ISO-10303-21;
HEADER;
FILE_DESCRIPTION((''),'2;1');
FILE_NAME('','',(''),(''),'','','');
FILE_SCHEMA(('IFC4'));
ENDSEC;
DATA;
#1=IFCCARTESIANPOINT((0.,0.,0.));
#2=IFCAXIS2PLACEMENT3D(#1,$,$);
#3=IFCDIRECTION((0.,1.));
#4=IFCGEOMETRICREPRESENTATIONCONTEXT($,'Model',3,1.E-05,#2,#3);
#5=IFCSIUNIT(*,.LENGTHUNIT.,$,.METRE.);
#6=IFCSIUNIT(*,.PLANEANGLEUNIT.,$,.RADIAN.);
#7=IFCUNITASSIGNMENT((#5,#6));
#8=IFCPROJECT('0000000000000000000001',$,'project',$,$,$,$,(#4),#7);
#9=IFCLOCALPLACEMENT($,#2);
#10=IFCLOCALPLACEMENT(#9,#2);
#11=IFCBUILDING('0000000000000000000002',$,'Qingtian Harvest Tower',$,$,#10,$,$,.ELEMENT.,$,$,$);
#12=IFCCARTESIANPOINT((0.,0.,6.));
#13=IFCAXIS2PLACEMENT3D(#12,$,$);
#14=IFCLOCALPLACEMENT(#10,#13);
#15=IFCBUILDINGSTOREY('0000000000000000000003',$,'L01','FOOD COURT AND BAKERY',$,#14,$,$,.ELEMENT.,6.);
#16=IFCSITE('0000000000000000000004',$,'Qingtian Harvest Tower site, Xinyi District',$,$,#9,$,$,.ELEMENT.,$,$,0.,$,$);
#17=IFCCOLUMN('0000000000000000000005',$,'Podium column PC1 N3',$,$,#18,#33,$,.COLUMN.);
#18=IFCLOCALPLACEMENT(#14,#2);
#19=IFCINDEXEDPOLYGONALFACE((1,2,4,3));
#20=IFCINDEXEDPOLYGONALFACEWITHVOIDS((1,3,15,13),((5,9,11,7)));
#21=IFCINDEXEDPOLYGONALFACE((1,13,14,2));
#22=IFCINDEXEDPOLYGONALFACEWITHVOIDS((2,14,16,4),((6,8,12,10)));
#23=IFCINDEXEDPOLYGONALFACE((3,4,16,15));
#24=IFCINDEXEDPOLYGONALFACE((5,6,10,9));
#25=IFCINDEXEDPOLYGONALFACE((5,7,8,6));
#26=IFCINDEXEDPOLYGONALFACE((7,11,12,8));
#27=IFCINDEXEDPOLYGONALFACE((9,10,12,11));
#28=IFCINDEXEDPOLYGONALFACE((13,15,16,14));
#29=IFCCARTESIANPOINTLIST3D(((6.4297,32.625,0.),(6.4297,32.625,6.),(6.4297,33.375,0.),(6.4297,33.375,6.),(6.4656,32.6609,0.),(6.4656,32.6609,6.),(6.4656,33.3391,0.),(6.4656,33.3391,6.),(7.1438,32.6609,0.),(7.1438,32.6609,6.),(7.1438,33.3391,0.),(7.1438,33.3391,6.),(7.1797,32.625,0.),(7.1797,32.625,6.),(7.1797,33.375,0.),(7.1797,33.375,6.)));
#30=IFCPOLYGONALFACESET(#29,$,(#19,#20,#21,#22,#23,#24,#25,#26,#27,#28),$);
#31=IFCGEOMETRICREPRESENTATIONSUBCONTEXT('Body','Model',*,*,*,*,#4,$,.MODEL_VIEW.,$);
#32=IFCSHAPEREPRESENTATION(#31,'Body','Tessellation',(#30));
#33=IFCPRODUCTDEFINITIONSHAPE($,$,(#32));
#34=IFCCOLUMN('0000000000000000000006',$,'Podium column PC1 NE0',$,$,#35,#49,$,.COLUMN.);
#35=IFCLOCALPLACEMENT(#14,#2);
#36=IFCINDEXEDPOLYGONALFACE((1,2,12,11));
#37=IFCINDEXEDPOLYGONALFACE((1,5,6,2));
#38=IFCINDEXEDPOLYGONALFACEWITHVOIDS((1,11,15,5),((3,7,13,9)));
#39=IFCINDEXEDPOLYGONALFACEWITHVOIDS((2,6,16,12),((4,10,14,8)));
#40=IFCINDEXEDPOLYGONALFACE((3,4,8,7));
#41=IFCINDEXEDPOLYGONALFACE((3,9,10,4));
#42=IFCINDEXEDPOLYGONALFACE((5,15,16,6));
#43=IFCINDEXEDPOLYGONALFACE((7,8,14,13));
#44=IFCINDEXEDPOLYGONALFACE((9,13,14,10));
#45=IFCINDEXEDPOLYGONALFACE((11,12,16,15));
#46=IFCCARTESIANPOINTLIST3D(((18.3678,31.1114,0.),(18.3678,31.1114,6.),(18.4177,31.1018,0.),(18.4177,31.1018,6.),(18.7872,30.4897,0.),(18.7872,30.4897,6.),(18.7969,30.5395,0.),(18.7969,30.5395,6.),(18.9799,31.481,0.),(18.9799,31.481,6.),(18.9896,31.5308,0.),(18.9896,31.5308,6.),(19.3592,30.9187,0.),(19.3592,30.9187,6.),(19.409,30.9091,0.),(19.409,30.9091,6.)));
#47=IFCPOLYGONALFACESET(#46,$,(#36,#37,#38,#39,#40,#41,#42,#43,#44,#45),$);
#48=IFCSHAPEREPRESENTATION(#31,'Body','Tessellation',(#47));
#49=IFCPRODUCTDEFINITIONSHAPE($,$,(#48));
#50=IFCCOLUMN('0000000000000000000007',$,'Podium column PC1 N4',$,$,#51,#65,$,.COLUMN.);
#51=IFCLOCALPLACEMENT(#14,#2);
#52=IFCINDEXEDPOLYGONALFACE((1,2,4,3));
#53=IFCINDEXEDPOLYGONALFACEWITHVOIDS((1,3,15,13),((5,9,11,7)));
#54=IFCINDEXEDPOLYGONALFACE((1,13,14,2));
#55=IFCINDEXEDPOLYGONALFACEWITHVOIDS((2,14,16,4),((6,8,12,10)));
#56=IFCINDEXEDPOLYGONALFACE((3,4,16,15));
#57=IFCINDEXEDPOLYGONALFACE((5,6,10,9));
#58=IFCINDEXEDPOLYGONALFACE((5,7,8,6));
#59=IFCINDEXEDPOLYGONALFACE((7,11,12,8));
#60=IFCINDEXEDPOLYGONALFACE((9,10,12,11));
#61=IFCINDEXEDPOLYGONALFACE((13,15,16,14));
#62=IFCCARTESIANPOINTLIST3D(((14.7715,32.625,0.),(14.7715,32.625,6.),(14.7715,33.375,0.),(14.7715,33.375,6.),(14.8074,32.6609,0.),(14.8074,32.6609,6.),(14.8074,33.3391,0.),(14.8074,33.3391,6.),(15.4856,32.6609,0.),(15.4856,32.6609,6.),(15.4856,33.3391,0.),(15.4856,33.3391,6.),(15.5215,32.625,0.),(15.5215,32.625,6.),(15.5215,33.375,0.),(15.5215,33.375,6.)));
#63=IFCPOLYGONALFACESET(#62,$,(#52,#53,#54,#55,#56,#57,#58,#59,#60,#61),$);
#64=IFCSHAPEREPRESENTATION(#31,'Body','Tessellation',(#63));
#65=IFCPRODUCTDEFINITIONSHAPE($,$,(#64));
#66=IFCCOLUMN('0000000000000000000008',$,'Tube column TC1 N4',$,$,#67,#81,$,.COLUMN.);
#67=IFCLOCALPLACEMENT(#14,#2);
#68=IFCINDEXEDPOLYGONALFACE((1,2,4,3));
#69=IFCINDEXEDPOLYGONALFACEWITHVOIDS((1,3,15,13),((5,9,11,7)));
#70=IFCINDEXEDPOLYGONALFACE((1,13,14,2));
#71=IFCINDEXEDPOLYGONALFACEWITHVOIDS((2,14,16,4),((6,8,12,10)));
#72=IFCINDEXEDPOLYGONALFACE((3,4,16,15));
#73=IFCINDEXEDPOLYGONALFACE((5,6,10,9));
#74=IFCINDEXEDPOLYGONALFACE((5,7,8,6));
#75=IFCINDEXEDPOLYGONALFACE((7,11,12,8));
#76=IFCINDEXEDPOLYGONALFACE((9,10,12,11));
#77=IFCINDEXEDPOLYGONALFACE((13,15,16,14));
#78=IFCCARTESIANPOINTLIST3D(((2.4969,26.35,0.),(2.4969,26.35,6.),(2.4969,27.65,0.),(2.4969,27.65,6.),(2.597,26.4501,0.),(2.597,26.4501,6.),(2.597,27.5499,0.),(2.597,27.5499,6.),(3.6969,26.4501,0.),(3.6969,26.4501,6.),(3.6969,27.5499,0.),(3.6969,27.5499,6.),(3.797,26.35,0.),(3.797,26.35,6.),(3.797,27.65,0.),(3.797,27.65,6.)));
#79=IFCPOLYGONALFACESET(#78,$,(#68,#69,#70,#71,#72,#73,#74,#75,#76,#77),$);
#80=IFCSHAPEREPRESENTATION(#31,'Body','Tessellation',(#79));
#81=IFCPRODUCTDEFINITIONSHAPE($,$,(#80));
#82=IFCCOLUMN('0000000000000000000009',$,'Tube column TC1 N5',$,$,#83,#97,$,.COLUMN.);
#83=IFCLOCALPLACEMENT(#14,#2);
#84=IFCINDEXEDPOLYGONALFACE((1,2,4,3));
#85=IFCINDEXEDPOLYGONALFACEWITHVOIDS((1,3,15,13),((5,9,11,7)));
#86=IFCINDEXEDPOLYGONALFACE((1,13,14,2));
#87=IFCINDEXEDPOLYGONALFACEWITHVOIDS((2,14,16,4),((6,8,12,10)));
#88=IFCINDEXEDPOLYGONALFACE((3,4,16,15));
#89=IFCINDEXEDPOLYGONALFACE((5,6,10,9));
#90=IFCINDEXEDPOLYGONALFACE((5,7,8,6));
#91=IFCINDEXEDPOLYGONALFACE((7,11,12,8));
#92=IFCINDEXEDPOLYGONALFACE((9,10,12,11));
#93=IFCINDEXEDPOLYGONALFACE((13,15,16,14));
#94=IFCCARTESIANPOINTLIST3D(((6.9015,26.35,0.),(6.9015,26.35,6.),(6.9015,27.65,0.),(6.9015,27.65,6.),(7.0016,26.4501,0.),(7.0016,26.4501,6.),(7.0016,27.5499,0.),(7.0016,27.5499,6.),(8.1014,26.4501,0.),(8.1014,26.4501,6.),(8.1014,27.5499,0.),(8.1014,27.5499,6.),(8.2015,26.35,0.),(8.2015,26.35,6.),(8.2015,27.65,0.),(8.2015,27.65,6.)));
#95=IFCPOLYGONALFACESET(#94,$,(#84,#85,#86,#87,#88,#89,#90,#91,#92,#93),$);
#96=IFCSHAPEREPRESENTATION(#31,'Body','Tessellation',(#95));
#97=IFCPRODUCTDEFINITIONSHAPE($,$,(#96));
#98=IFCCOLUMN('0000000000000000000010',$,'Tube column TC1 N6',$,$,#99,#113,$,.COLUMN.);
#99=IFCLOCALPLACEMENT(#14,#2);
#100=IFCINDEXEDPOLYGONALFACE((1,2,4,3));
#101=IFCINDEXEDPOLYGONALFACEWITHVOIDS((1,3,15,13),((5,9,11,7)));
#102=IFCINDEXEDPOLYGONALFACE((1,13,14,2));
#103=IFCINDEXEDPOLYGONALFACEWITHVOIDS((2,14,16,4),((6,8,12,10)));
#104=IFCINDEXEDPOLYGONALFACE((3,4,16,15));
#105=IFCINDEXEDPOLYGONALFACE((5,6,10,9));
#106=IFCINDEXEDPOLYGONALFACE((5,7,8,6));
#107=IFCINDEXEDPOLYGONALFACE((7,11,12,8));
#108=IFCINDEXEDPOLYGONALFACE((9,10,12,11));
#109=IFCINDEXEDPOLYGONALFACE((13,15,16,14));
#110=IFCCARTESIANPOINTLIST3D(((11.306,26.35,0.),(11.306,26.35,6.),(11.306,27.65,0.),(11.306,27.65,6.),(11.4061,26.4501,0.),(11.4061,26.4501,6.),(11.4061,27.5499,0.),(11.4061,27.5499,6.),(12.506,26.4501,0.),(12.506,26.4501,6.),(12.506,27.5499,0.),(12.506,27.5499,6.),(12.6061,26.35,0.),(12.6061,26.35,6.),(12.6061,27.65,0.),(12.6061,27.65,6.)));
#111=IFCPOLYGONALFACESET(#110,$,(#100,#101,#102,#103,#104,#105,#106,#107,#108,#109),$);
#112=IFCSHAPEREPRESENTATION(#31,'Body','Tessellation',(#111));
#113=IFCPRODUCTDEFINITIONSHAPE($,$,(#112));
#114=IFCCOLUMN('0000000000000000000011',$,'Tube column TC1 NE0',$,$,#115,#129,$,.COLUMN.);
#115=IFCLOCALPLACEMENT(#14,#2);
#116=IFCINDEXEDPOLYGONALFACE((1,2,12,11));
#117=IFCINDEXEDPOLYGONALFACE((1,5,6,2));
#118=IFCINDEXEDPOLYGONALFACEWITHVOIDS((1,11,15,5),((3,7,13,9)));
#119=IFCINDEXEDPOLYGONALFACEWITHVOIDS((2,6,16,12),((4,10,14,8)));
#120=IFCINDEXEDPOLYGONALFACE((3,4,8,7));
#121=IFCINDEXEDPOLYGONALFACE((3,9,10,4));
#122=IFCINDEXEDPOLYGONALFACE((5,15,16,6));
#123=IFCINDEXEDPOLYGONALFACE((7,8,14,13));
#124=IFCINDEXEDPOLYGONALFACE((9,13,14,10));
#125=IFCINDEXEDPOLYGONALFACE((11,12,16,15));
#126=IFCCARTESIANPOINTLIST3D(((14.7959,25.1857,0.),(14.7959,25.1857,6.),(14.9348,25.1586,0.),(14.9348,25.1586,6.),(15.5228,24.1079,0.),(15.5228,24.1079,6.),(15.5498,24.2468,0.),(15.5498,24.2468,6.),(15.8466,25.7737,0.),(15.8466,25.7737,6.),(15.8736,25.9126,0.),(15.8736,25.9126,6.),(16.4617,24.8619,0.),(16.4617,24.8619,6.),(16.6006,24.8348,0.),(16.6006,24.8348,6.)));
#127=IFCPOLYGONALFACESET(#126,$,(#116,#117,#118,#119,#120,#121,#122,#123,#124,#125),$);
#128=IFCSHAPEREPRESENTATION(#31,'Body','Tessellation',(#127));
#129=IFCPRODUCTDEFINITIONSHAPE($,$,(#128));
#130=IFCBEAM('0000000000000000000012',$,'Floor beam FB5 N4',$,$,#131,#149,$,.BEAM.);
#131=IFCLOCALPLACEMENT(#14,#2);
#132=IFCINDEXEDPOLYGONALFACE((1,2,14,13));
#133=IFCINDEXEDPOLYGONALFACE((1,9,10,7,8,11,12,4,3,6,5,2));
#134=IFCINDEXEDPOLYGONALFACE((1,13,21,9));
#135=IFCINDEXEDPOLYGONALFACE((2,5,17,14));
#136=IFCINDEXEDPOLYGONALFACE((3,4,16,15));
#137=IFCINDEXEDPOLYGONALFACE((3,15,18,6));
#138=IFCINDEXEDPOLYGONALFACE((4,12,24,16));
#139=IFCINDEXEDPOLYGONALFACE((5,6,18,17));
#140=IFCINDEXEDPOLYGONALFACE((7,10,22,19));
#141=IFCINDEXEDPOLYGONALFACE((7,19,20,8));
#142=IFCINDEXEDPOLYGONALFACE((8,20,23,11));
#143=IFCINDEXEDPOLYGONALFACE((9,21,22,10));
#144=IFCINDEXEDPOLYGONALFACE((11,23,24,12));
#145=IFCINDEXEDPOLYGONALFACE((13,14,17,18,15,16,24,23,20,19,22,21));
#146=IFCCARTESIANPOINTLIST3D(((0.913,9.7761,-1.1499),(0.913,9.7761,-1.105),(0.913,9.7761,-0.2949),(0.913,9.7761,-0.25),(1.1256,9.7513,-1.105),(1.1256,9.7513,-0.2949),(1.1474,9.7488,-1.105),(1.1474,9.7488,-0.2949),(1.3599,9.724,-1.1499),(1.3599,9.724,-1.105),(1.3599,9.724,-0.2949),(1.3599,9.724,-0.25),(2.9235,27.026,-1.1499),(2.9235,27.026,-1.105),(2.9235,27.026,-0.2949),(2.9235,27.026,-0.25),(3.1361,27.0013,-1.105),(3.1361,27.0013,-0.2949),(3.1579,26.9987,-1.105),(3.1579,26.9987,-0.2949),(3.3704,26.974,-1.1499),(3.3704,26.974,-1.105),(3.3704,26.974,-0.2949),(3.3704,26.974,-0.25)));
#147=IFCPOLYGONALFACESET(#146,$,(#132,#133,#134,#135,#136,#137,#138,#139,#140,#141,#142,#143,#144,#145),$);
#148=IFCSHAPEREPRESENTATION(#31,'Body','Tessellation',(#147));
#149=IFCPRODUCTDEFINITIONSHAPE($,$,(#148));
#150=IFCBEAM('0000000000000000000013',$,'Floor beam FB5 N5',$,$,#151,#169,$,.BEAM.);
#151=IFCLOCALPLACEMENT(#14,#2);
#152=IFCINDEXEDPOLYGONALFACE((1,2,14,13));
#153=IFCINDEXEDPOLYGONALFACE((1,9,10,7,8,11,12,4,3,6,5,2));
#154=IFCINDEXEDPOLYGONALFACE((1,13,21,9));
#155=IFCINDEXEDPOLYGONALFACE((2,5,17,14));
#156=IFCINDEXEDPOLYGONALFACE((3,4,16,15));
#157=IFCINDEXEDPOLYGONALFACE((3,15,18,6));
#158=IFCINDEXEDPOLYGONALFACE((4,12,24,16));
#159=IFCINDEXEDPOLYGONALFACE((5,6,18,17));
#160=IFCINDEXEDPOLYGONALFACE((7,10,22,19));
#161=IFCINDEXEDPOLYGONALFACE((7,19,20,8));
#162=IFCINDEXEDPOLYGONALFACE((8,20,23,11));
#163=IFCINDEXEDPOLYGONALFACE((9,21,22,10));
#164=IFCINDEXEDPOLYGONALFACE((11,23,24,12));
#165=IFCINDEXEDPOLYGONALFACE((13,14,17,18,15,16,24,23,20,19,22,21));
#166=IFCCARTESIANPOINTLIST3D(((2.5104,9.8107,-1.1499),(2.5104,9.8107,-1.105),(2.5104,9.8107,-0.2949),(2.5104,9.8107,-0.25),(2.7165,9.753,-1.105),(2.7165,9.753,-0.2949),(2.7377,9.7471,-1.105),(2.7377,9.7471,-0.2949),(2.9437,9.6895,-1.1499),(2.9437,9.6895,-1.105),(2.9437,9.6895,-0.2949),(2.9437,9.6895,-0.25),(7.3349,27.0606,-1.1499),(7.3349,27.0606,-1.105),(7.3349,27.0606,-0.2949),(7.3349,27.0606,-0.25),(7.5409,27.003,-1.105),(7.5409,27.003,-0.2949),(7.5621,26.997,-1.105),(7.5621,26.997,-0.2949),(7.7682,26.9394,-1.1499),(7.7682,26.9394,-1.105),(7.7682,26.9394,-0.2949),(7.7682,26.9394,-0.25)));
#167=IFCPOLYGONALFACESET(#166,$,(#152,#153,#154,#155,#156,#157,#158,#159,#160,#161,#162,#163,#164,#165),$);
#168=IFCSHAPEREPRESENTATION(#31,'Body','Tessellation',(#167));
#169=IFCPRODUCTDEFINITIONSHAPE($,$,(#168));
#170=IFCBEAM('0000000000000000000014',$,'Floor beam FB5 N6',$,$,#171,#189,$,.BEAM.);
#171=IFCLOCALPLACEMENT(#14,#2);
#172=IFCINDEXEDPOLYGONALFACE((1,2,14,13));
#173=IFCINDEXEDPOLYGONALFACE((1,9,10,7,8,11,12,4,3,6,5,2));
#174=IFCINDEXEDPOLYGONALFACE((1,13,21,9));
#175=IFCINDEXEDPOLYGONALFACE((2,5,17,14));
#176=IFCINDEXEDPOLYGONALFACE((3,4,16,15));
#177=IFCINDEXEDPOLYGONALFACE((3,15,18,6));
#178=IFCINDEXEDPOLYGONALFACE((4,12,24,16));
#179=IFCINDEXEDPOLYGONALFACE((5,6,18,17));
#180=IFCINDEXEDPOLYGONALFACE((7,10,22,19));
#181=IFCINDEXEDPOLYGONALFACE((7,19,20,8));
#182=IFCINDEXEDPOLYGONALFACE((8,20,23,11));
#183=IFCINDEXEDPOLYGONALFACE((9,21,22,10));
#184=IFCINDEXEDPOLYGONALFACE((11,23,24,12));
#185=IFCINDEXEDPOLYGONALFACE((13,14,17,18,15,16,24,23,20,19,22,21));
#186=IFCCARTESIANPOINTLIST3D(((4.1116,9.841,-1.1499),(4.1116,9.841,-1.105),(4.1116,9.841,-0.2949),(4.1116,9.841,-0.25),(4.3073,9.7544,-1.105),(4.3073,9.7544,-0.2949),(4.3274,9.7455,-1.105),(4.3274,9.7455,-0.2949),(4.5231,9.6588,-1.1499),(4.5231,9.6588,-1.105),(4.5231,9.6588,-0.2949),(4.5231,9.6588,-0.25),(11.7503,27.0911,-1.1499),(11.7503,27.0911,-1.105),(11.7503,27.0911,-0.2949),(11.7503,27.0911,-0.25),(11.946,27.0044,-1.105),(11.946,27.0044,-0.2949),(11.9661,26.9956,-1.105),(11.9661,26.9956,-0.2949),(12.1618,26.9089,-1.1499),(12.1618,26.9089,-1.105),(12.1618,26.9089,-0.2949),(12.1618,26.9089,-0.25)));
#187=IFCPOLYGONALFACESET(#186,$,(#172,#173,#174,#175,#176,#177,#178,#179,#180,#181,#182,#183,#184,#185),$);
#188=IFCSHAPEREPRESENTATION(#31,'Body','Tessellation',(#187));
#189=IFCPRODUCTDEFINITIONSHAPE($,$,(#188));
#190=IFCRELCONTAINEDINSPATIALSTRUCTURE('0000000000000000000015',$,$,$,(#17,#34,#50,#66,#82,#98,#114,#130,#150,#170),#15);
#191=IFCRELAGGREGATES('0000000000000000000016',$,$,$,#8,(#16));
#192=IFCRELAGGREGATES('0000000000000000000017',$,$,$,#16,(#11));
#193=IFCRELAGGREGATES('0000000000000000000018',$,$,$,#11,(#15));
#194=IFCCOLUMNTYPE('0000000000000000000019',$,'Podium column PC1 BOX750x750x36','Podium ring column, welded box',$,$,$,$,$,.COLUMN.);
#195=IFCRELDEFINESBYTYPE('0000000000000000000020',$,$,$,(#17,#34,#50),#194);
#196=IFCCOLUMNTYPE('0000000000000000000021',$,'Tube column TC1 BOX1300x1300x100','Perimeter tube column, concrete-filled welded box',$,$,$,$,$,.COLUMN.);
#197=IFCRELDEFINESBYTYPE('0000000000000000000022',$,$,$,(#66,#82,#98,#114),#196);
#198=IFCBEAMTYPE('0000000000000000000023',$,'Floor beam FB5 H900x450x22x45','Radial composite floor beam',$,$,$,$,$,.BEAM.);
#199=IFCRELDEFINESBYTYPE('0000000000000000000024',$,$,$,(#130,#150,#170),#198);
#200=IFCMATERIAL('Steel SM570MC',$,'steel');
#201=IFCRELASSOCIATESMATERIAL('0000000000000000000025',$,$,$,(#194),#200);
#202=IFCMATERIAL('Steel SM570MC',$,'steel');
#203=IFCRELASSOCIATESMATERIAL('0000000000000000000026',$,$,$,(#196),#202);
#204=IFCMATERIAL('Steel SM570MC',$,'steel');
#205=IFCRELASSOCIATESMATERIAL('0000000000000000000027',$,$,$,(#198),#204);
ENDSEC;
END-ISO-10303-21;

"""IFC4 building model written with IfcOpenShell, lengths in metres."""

from ifc_helpers import new_model, si_unit, direction, frame, origin, origin_2d, place, context, subcontext, project, spatial, hollow_rectangle, i_section, extrude, material, material_profile, profile_set, type_object, element, save


model = new_model("IFC4")

# Units and contexts
model_context = context("Model", 3, precision=1e-05, world=origin(), true_north=direction((0.0, 1.0)))
body_context = subcontext(model_context, "Body", "Model", "MODEL_VIEW")
ifc_project = project(units=[si_unit("LENGTHUNIT", "METRE"), si_unit("PLANEANGLEUNIT", "RADIAN")], contexts=[model_context])

# Site, building, storey
site_placement = place(None, origin())
site = spatial("IfcSite", under=ifc_project, at=site_placement, Name="Qingtian Harvest Tower site, Xinyi District", CompositionType="ELEMENT", RefElevation=0.0)
building_placement = place(site_placement, origin())
building = spatial("IfcBuilding", under=site, at=building_placement, Name="Qingtian Harvest Tower", CompositionType="ELEMENT")
storey_placement = place(building_placement, frame((0.0, 0.0, 6.0)))
storey = spatial("IfcBuildingStorey", under=building, at=storey_placement, Name="L01", Description="FOOD COURT AND BAKERY", CompositionType="ELEMENT", Elevation=6.0)

# Columns
ifc_material_1 = material(Name="Steel SM570MC", Category="steel")
ifc_material_profile_1 = material_profile(ifc_material_1, hollow_rectangle(XDim=0.75, YDim=0.75, WallThickness=0.0359, at=origin_2d()), Name="BOX750x750x36")
ifc_profile_set_1 = profile_set([ifc_material_profile_1], Name="Steel SM570MC")
column_type_1 = type_object("IfcColumnType", Name="Podium column PC1 BOX750x750x36", Description="Podium ring column, welded box", PredefinedType="COLUMN", material=ifc_profile_set_1)
for number, where, z_axis, x_axis, name in (
    (1, (6.8047, 33.0, 0.0), (0.0, 0.0, 1.0), (-1.0, 0.0, 0.0), "Podium column PC1 N3"),
    (2, (18.8884, 31.0103, 0.0), (0.0, 0.0, 1.0), (-0.559193, 0.829038, 0.0), "Podium column PC1 NE0"),
    (3, (15.1465, 33.0, 0.0), (0.0, 0.0, 1.0), (-1.0, 0.0, 0.0), "Podium column PC1 N4"),
):
    element("IfcColumn", number, at=place(storey_placement, frame(where, z_axis=z_axis, x_axis=x_axis)), inside=storey, type_object=column_type_1, Name=name, PredefinedType="COLUMN", context=body_context, shape_type="SweptSolid", body=[
        extrude(hollow_rectangle(XDim=0.75, YDim=0.75, WallThickness=0.0359, at=origin_2d()), origin(), (0.0, 0.0, 1.0), 6.0),
    ])
ifc_material_2 = material(Name="Steel SM570MC", Category="steel")
ifc_material_profile_2 = material_profile(ifc_material_2, hollow_rectangle(XDim=1.3, YDim=1.3, WallThickness=0.1001, at=origin_2d()), Name="BOX1300x1300x100")
ifc_profile_set_2 = profile_set([ifc_material_profile_2], Name="Steel SM570MC")
column_type_2 = type_object("IfcColumnType", Name="Tube column TC1 BOX1300x1300x100", Description="Perimeter tube column, concrete-filled welded box", PredefinedType="COLUMN", material=ifc_profile_set_2)
for number, where, z_axis, x_axis, name in (
    (4, (3.147, 27.0, 0.0), (0.0, 0.0, 1.0), (-1.0, 0.0, 0.0), "Tube column TC1 N4"),
    (5, (7.5515, 27.0, 0.0), (0.0, 0.0, 1.0), (-1.0, 0.0, 0.0), "Tube column TC1 N5"),
    (6, (11.9561, 27.0, 0.0), (0.0, 0.0, 1.0), (-1.0, 0.0, 0.0), "Tube column TC1 N6"),
    (7, (15.6982, 25.0103, 0.0), (0.0, 0.0, 1.0), (-0.559193, 0.829038, 0.0), "Tube column TC1 NE0"),
):
    element("IfcColumn", number, at=place(storey_placement, frame(where, z_axis=z_axis, x_axis=x_axis)), inside=storey, type_object=column_type_2, Name=name, PredefinedType="COLUMN", context=body_context, shape_type="SweptSolid", body=[
        extrude(hollow_rectangle(XDim=1.3, YDim=1.3, WallThickness=0.1001, at=origin_2d()), origin(), (0.0, 0.0, 1.0), 6.0),
    ])

# Beams
ifc_material_3 = material(Name="Steel SM570MC", Category="steel")
ifc_material_profile_3 = material_profile(ifc_material_3, i_section(OverallWidth=0.45, OverallDepth=0.8999, WebThickness=0.022, FlangeThickness=0.0449, at=origin_2d()), Name="H900x450x22x45")
ifc_profile_set_3 = profile_set([ifc_material_profile_3], Name="Steel SM570MC")
beam_type_1 = type_object("IfcBeamType", Name="Floor beam FB5 H900x450x22x45", Description="Radial composite floor beam", PredefinedType="BEAM", material=ifc_profile_set_3)
beam_1_placement = place(storey_placement, frame((3.147, 27.0, -0.7), z_axis=(-0.115767, -0.993276, 0.0), x_axis=(0.993276, -0.115767, 0.0)))
element("IfcBeam", 8, at=beam_1_placement, inside=storey, type_object=beam_type_1, Name="Floor beam FB5 N4", PredefinedType="BEAM", context=body_context, shape_type="SweptSolid", body=[
    extrude(i_section(OverallWidth=0.45, OverallDepth=0.8999, WebThickness=0.022, FlangeThickness=0.0449, at=origin_2d()), origin(), (0.0, 0.0, 1.0), 17.3667),
])
beam_2_placement = place(storey_placement, frame((7.5515, 27.0, -0.7), z_axis=(-0.269343, -0.963044, 0.0), x_axis=(0.963044, -0.269343, 0.0)))
element("IfcBeam", 9, at=beam_2_placement, inside=storey, type_object=beam_type_1, Name="Floor beam FB5 N5", PredefinedType="BEAM", context=body_context, shape_type="SweptSolid", body=[
    extrude(i_section(OverallWidth=0.45, OverallDepth=0.8999, WebThickness=0.022, FlangeThickness=0.0449, at=origin_2d()), origin(), (0.0, 0.0, 1.0), 17.9119),
])
beam_3_placement = place(storey_placement, frame((11.9561, 27.0, -0.7), z_axis=(-0.404899, -0.914361, 0.0), x_axis=(0.914361, -0.404899, 0.0)))
element("IfcBeam", 10, at=beam_3_placement, inside=storey, type_object=beam_type_1, Name="Floor beam FB5 N6", PredefinedType="BEAM", context=body_context, shape_type="SweptSolid", body=[
    extrude(i_section(OverallWidth=0.45, OverallDepth=0.8999, WebThickness=0.022, FlangeThickness=0.0449, at=origin_2d()), origin(), (0.0, 0.0, 1.0), 18.8657),
])

save(model, "model.ifc")
